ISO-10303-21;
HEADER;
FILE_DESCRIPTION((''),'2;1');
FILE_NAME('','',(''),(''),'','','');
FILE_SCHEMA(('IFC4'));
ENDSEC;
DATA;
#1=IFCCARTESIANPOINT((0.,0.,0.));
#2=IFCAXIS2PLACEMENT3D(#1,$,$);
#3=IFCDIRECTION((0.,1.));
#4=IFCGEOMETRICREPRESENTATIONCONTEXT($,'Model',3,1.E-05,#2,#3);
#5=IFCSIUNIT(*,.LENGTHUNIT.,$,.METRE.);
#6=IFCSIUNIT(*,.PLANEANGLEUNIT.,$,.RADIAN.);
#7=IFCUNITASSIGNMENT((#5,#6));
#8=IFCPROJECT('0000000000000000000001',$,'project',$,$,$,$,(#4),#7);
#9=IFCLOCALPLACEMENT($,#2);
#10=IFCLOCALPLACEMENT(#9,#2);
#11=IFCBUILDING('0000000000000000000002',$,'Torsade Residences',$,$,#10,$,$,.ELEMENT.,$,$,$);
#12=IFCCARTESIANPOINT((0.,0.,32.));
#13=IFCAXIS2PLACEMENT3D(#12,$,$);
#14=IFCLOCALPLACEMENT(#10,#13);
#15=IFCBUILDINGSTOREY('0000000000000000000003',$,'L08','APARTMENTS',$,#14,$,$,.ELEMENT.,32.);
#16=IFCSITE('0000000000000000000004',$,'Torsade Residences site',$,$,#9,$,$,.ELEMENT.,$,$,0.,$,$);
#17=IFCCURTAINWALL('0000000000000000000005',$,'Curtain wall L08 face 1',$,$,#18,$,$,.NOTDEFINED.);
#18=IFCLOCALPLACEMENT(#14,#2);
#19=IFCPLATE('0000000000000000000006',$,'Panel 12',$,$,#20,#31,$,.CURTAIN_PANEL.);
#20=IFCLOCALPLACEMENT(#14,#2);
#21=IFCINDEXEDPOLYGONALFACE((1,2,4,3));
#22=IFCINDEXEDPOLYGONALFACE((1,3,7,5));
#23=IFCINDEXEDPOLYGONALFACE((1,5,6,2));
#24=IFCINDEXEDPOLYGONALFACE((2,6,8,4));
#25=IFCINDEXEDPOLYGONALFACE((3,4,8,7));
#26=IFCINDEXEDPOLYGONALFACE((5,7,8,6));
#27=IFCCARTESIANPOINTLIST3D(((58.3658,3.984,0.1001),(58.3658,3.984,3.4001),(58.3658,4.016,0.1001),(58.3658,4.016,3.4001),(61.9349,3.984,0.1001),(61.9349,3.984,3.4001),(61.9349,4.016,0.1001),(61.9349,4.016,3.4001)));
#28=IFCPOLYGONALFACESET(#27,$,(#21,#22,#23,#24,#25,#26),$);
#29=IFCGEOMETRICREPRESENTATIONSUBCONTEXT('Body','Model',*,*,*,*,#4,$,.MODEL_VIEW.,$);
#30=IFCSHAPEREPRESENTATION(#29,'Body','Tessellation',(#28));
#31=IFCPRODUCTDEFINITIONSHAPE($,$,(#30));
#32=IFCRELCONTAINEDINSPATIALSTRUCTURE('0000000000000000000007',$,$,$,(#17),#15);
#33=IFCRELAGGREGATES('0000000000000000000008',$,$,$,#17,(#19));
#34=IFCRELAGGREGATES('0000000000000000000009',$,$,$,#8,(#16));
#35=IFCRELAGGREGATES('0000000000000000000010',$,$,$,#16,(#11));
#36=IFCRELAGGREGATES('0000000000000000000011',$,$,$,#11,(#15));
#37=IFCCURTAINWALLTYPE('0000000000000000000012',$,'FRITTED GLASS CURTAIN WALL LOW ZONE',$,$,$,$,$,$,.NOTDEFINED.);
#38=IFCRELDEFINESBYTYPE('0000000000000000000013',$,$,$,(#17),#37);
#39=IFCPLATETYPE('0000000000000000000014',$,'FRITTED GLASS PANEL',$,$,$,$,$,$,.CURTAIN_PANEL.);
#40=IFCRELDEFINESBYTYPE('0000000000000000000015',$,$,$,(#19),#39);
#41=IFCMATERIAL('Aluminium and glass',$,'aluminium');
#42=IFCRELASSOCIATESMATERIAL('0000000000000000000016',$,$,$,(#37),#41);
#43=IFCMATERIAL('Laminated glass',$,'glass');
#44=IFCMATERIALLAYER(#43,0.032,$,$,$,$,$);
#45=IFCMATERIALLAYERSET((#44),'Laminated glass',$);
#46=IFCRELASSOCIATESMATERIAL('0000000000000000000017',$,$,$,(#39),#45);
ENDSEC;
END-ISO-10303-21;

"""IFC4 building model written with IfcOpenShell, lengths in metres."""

from ifc_helpers import new_model, si_unit, direction, frame, origin, origin_2d, place, context, subcontext, project, spatial, rectangle, extrude, material, layer, layer_set, type_object, element, aggregate, save


model = new_model("IFC4")

# Units and contexts
model_context = context("Model", 3, precision=1e-05, world=origin(), true_north=direction((0.0, 1.0)))
body_context = subcontext(model_context, "Body", "Model", "MODEL_VIEW")
ifc_project = project(units=[si_unit("LENGTHUNIT", "METRE"), si_unit("PLANEANGLEUNIT", "RADIAN")], contexts=[model_context])

# Site, building, storey
site_placement = place(None, origin())
site = spatial("IfcSite", under=ifc_project, at=site_placement, Name="Torsade Residences site", CompositionType="ELEMENT", RefElevation=0.0)
building_placement = place(site_placement, origin())
building = spatial("IfcBuilding", under=site, at=building_placement, Name="Torsade Residences", CompositionType="ELEMENT")
storey_placement = place(building_placement, frame((0.0, 0.0, 32.0)))
storey = spatial("IfcBuildingStorey", under=building, at=storey_placement, Name="L08", Description="APARTMENTS", CompositionType="ELEMENT", Elevation=32.0)

# Curtain wall
ifc_material_1 = material(Name="Aluminium and glass", Category="aluminium")
curtain_wall_type = type_object("IfcCurtainWallType", Name="FRITTED GLASS CURTAIN WALL LOW ZONE", PredefinedType="NOTDEFINED", material=ifc_material_1)
curtain_wall_placement = place(storey_placement, origin())
curtain_wall = element("IfcCurtainWall", 1, at=curtain_wall_placement, inside=storey, type_object=curtain_wall_type, Name="Curtain wall L08 face 1", PredefinedType="NOTDEFINED")

# Plate
ifc_material_2 = material(Name="Laminated glass", Category="glass")
ifc_layer_1 = layer(ifc_material_2, 0.032)
ifc_layer_set_1 = layer_set([ifc_layer_1], Name="Laminated glass")
plate_type = type_object("IfcPlateType", Name="FRITTED GLASS PANEL", PredefinedType="CURTAIN_PANEL", material=ifc_layer_set_1)
plate_1_placement = place(storey_placement, frame((60.1504, 4.0, 0.1001), z_axis=(0.0, 0.0, 1.0), x_axis=(1.0, 0.0, 0.0)))
plate_1 = element("IfcPlate", 2, at=plate_1_placement, type_object=plate_type, Name="Panel 12", PredefinedType="CURTAIN_PANEL", context=body_context, shape_type="SweptSolid", body=[
    extrude(rectangle(XDim=3.5691, YDim=0.032, at=origin_2d()), origin(), (0.0, 0.0, 1.0), 3.3),
])
aggregate(curtain_wall, [plate_1])

save(model, "model.ifc")
